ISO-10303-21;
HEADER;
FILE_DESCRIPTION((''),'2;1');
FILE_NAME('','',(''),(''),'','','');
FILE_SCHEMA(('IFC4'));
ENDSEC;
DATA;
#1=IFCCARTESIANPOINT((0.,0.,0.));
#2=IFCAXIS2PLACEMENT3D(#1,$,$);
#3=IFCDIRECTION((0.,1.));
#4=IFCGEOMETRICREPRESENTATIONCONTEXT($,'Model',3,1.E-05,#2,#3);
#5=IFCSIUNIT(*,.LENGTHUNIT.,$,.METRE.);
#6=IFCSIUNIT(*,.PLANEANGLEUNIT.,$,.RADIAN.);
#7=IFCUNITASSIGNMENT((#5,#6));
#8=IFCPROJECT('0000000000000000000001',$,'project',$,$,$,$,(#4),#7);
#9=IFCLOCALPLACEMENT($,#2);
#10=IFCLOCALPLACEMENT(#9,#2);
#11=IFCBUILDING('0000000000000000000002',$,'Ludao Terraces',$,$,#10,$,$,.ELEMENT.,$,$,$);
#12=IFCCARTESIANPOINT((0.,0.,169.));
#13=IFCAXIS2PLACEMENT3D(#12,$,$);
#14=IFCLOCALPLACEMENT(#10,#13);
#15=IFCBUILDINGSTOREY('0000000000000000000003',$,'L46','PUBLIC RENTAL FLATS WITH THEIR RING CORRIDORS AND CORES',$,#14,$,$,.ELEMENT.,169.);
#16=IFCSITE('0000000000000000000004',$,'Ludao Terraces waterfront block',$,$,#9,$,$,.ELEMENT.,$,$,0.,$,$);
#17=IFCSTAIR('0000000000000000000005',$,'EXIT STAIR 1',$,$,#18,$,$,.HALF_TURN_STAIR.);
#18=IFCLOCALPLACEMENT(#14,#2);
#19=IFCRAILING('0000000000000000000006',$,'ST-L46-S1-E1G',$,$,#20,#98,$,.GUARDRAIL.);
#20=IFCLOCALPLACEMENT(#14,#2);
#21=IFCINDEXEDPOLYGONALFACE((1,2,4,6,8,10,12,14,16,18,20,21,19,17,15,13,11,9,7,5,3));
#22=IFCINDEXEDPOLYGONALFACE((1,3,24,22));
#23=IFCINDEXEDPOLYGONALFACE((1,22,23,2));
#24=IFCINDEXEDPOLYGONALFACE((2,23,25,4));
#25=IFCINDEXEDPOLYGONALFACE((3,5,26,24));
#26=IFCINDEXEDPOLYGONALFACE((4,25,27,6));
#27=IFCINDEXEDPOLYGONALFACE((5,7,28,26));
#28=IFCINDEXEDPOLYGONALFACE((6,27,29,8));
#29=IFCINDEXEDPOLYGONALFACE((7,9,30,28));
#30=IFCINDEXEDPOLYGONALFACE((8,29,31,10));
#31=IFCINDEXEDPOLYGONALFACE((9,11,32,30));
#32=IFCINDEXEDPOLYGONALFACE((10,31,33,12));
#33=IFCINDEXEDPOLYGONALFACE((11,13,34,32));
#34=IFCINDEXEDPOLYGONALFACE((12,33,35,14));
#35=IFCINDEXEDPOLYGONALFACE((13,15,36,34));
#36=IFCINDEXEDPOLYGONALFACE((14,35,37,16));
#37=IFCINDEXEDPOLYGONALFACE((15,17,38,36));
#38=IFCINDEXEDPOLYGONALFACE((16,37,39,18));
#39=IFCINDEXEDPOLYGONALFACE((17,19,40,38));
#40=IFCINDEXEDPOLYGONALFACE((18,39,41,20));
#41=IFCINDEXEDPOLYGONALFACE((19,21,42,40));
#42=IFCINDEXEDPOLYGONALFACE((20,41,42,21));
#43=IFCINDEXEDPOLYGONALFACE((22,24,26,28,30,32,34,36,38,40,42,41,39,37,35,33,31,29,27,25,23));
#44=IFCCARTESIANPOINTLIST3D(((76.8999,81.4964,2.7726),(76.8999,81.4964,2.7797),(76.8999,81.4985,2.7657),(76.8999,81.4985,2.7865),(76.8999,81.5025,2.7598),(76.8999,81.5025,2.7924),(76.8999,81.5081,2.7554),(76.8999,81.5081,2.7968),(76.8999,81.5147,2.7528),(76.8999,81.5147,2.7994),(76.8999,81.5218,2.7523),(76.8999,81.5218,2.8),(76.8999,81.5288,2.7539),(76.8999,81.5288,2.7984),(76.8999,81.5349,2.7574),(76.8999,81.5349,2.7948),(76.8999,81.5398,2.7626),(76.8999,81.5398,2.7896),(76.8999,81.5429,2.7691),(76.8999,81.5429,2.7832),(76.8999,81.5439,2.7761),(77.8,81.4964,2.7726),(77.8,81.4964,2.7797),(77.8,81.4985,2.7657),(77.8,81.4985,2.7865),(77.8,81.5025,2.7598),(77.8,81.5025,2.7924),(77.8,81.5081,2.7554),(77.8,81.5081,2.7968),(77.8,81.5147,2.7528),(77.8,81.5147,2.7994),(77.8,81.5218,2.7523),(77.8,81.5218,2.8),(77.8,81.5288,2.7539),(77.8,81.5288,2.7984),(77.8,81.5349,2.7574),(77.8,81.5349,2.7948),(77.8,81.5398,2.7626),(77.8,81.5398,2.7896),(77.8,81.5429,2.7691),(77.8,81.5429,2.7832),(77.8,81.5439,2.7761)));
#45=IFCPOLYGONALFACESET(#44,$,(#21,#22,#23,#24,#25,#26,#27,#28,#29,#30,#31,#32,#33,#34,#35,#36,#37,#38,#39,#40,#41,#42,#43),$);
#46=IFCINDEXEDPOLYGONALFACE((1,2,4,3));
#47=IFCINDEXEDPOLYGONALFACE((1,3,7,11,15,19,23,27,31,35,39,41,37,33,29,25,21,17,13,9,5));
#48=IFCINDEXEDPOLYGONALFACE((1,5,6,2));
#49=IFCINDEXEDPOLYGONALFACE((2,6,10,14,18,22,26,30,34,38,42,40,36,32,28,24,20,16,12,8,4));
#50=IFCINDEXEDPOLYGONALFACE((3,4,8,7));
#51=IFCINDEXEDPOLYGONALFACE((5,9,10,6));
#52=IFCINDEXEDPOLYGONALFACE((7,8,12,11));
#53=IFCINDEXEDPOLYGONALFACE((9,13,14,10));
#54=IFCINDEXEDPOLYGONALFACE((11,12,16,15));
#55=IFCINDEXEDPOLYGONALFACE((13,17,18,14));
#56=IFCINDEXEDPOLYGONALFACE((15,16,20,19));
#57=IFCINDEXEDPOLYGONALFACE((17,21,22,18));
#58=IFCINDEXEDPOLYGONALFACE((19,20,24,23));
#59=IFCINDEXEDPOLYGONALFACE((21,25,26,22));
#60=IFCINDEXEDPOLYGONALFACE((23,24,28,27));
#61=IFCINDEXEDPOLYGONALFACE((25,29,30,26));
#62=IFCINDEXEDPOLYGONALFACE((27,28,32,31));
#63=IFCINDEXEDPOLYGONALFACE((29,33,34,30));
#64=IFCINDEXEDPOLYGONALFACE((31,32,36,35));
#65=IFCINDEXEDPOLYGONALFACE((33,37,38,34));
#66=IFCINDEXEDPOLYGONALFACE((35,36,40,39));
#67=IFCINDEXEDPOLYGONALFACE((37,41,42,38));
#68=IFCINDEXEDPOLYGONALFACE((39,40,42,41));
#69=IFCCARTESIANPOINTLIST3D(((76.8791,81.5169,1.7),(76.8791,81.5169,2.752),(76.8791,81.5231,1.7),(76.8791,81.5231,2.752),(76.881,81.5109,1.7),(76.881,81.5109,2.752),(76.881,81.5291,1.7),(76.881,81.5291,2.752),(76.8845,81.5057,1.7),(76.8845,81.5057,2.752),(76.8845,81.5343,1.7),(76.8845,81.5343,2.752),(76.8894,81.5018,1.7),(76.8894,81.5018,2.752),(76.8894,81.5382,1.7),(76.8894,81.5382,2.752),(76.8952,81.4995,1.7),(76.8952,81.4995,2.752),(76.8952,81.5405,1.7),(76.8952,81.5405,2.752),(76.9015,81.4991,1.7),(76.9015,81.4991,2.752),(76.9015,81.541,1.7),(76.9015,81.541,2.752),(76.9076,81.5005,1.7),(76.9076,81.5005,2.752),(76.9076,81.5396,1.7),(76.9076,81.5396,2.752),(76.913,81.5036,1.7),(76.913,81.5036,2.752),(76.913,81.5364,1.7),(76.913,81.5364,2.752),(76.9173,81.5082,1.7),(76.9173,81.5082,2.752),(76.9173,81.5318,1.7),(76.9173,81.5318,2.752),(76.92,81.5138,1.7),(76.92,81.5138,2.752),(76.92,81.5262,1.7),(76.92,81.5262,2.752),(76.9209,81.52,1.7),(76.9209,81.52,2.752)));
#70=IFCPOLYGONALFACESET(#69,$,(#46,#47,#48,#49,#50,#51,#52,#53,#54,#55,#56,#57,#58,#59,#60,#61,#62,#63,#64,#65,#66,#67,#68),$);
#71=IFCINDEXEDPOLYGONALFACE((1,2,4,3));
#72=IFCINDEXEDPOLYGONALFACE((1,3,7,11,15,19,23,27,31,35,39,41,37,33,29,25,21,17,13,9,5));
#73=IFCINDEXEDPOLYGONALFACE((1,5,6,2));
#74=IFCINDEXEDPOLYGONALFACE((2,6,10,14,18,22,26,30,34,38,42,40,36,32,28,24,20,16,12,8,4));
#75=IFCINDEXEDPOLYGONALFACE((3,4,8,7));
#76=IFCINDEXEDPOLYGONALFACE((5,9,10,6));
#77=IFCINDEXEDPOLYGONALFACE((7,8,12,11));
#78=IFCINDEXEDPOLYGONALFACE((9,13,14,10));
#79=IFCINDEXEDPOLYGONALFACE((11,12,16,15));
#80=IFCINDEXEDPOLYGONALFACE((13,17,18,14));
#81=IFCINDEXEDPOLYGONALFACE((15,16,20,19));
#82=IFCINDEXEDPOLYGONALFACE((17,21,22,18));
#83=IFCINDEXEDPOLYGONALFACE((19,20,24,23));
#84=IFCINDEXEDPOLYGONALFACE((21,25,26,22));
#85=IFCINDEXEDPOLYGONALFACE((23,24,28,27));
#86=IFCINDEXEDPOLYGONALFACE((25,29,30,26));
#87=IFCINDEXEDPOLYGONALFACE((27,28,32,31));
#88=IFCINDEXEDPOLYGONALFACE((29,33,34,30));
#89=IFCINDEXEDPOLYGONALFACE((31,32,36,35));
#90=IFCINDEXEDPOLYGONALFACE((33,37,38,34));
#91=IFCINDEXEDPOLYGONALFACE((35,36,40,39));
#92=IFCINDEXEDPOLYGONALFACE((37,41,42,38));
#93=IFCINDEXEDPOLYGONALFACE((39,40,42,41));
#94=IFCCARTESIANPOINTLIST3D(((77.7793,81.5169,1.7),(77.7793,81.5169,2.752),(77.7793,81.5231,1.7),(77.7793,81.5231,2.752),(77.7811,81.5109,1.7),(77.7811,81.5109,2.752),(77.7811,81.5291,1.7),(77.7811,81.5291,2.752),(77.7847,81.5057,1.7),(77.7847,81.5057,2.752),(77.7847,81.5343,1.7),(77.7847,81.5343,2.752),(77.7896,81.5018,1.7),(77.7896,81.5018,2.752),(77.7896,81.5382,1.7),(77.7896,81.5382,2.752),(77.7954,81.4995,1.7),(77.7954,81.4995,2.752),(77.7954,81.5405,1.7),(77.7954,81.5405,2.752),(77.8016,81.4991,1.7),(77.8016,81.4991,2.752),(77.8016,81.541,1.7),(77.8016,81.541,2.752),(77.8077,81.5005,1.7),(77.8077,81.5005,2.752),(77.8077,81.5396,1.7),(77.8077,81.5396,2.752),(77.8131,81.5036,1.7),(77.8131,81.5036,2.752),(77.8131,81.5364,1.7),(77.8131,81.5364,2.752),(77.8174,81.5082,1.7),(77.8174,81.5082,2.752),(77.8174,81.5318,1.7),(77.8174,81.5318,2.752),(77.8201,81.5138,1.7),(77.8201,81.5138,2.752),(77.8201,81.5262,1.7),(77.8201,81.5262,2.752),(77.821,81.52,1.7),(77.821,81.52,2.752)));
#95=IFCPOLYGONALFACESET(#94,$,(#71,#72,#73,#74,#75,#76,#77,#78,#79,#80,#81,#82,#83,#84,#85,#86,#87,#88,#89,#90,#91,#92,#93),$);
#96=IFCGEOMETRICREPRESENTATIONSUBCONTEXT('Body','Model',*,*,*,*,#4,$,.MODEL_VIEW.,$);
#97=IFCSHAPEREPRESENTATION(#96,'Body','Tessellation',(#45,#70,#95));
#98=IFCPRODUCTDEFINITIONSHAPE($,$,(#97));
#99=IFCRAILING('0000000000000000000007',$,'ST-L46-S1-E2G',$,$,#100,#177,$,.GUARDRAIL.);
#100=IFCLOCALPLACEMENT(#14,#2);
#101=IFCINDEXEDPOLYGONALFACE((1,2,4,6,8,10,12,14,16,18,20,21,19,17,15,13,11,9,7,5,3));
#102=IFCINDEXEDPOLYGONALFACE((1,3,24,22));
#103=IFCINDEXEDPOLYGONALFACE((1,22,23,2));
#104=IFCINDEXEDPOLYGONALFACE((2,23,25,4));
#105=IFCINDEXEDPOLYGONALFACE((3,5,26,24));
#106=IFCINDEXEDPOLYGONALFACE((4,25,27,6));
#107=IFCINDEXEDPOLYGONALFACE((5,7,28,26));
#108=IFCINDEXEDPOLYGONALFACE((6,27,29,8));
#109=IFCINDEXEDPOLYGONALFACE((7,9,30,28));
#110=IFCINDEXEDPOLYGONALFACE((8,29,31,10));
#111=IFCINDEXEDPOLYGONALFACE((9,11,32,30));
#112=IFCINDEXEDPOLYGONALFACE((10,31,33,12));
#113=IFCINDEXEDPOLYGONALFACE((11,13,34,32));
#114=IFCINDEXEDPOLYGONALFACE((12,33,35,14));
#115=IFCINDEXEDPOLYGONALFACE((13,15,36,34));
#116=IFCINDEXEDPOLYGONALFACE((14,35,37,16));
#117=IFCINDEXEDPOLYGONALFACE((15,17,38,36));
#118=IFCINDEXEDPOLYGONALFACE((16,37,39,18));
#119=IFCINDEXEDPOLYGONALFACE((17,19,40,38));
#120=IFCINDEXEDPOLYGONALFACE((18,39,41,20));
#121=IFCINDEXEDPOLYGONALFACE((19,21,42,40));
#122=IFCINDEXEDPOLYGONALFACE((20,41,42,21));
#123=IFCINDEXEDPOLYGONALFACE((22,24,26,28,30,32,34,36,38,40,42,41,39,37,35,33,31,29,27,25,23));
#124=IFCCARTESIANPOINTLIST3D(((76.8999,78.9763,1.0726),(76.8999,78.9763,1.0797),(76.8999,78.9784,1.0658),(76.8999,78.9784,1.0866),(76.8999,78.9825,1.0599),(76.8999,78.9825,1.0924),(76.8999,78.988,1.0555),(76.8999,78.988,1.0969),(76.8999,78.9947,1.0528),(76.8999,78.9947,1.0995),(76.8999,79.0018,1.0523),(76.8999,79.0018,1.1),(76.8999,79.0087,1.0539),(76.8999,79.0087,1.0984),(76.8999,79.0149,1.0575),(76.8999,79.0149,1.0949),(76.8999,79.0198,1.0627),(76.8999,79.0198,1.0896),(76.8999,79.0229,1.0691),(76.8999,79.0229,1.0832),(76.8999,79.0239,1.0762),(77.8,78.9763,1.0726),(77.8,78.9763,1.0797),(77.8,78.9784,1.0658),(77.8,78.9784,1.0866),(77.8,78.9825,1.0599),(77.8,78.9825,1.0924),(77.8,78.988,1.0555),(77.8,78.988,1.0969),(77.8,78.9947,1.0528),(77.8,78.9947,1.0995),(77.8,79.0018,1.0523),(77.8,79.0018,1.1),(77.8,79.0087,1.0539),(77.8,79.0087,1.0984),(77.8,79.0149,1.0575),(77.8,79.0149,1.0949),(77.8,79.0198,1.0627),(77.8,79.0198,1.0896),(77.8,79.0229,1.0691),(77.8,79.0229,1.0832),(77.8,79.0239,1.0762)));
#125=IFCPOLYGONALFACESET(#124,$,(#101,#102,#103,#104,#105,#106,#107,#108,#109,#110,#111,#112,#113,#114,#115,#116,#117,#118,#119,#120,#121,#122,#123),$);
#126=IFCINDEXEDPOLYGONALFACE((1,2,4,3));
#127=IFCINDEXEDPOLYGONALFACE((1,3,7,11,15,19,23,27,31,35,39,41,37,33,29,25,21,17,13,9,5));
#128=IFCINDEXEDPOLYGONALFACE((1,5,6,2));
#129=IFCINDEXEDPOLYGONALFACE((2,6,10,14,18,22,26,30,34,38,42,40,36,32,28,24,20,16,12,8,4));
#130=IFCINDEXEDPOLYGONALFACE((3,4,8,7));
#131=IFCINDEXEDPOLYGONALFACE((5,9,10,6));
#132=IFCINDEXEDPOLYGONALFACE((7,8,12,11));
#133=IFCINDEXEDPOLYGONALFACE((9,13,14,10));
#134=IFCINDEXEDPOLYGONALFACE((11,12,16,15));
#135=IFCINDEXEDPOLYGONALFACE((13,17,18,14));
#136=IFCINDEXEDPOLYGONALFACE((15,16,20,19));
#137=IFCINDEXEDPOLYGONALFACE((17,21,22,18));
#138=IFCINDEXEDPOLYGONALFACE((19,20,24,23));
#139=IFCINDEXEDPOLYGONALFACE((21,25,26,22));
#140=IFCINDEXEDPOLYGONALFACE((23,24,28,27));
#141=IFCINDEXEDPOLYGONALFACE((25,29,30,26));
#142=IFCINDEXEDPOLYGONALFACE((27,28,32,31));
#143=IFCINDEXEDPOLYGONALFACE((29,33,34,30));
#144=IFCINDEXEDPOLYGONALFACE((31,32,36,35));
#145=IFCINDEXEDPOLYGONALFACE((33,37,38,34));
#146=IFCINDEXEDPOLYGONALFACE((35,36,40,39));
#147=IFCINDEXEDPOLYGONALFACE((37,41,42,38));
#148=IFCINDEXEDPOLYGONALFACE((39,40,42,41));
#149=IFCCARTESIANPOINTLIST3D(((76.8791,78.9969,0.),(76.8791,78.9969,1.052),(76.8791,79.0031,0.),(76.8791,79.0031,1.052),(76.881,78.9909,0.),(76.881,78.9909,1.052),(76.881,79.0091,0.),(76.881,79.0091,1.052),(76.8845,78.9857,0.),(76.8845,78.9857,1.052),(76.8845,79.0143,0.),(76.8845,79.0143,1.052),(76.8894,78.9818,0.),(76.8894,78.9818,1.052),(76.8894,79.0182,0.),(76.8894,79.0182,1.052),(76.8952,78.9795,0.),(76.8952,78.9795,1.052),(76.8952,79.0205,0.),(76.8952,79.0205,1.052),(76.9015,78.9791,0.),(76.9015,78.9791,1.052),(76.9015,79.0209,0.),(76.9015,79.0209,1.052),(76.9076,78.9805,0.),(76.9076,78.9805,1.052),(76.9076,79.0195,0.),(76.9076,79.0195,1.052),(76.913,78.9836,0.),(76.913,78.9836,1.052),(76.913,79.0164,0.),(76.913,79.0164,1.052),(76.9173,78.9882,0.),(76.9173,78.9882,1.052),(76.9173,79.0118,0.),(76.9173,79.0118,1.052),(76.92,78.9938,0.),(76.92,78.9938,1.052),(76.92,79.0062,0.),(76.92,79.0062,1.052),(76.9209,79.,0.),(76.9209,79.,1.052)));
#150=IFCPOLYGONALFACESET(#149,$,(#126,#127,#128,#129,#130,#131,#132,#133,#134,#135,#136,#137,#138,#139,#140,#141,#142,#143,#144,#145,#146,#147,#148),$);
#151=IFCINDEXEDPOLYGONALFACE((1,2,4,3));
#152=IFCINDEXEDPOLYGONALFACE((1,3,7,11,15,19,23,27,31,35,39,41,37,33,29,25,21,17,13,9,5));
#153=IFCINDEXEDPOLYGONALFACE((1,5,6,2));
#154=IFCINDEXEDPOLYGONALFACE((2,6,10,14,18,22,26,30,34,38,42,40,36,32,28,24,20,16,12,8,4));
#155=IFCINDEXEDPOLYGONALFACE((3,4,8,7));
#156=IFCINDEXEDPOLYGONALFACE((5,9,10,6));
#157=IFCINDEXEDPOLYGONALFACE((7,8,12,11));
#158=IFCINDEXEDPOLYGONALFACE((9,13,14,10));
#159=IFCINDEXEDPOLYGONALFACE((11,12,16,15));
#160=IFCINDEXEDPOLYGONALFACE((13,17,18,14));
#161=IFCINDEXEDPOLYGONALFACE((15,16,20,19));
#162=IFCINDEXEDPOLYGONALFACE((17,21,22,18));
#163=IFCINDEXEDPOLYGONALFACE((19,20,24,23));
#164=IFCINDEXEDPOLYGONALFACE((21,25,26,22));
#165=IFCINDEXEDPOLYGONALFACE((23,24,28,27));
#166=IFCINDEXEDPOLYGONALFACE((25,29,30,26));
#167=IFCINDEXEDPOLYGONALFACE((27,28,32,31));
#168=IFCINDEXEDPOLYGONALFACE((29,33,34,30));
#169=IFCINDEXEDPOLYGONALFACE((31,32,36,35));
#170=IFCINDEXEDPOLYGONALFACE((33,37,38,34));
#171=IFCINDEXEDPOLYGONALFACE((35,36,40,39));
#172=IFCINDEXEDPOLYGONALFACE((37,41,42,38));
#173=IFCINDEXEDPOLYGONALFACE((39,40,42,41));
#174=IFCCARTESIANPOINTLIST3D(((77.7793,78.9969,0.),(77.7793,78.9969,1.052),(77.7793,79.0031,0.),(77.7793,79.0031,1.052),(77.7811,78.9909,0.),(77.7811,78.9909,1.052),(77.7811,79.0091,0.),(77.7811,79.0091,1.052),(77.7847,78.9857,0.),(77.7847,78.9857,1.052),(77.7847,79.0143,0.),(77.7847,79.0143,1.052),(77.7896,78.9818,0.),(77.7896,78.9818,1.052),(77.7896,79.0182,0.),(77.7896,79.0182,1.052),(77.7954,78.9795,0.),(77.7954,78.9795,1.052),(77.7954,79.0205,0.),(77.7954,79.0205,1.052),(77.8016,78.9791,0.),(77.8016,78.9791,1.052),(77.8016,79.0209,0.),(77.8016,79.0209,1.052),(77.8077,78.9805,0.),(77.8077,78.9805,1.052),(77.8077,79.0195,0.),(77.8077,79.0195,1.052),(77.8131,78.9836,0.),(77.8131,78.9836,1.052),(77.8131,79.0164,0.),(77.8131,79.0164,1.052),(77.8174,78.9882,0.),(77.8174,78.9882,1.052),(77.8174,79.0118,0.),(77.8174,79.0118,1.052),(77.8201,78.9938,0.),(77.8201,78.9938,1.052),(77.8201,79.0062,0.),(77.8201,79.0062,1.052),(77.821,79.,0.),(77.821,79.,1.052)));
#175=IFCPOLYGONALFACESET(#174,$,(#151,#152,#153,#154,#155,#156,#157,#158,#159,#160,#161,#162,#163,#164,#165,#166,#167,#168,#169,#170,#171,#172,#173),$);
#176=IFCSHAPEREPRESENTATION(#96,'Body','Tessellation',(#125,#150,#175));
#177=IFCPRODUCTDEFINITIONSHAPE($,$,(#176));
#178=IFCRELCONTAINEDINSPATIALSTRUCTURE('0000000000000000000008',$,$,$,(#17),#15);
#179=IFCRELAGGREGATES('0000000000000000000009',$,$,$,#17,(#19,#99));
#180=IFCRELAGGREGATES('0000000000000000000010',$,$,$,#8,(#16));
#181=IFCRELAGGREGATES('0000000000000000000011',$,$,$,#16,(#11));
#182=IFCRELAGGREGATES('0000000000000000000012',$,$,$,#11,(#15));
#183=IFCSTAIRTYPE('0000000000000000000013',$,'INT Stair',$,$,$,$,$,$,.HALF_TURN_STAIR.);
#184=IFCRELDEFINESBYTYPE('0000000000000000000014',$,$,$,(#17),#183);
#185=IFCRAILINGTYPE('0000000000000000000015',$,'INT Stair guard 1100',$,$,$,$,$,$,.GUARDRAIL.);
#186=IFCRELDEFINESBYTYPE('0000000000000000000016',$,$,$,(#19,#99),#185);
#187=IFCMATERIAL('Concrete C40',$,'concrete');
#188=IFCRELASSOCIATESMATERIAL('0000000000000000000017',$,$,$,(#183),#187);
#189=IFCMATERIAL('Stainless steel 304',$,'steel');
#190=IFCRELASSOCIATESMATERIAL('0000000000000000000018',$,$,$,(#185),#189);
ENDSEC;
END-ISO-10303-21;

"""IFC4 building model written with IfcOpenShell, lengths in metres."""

from ifc_helpers import new_model, si_unit, direction, frame, origin, origin_2d, place, context, subcontext, project, spatial, circle, extrude, material, type_object, element, aggregate, save


model = new_model("IFC4")

# Units and contexts
model_context = context("Model", 3, precision=1e-05, world=origin(), true_north=direction((0.0, 1.0)))
body_context = subcontext(model_context, "Body", "Model", "MODEL_VIEW")
ifc_project = project(units=[si_unit("LENGTHUNIT", "METRE"), si_unit("PLANEANGLEUNIT", "RADIAN")], contexts=[model_context])

# Site, building, storey
site_placement = place(None, origin())
site = spatial("IfcSite", under=ifc_project, at=site_placement, Name="Ludao Terraces waterfront block", CompositionType="ELEMENT", RefElevation=0.0)
building_placement = place(site_placement, origin())
building = spatial("IfcBuilding", under=site, at=building_placement, Name="Ludao Terraces", CompositionType="ELEMENT")
storey_placement = place(building_placement, frame((0.0, 0.0, 169.0)))
storey = spatial("IfcBuildingStorey", under=building, at=storey_placement, Name="L46", Description="PUBLIC RENTAL FLATS WITH THEIR RING CORRIDORS AND CORES", CompositionType="ELEMENT", Elevation=169.0)

# Stair, railings
ifc_material_1 = material(Name="Concrete C40", Category="concrete")
stair_type = type_object("IfcStairType", Name="INT Stair", PredefinedType="HALF_TURN_STAIR", material=ifc_material_1)
stair_placement = place(storey_placement, origin())
stair = element("IfcStair", 1, at=stair_placement, inside=storey, type_object=stair_type, Name="EXIT STAIR 1", PredefinedType="HALF_TURN_STAIR")
ifc_material_2 = material(Name="Stainless steel 304", Category="steel")
railing_type_1 = type_object("IfcRailingType", Name="INT Stair guard 1100", PredefinedType="GUARDRAIL", material=ifc_material_2)
railing_1_placement = place(storey_placement, frame((76.8999, 81.52, 1.7)))
railing_1 = element("IfcRailing", 2, at=railing_1_placement, type_object=railing_type_1, Name="ST-L46-S1-E1G", PredefinedType="GUARDRAIL", context=body_context, shape_type="SweptSolid", body=[
    extrude(circle(Radius=0.0239, at=origin_2d()), frame((0.0, 0.0, 1.0762), z_axis=(1.0, 0.0, 0.0), x_axis=(0.0, 1.0, 0.0)), (0.0, 0.0, 1.0), 0.9001),
    extrude(circle(Radius=0.021, at=origin_2d()), origin(), (0.0, 0.0, 1.0), 1.052),
    extrude(circle(Radius=0.021, at=origin_2d()), frame((0.9001, 0.0, 0.0)), (0.0, 0.0, 1.0), 1.052),
])
railing_2_placement = place(storey_placement, frame((76.8999, 79.0, 0.0)))
railing_2 = element("IfcRailing", 3, at=railing_2_placement, type_object=railing_type_1, Name="ST-L46-S1-E2G", PredefinedType="GUARDRAIL", context=body_context, shape_type="SweptSolid", body=[
    extrude(circle(Radius=0.0239, at=origin_2d()), frame((0.0, 0.0, 1.0762), z_axis=(1.0, 0.0, 0.0), x_axis=(0.0, 1.0, 0.0)), (0.0, 0.0, 1.0), 0.9001),
    extrude(circle(Radius=0.021, at=origin_2d()), origin(), (0.0, 0.0, 1.0), 1.052),
    extrude(circle(Radius=0.021, at=origin_2d()), frame((0.9001, 0.0, 0.0)), (0.0, 0.0, 1.0), 1.052),
])
aggregate(stair, [railing_1, railing_2])

save(model, "model.ifc")
